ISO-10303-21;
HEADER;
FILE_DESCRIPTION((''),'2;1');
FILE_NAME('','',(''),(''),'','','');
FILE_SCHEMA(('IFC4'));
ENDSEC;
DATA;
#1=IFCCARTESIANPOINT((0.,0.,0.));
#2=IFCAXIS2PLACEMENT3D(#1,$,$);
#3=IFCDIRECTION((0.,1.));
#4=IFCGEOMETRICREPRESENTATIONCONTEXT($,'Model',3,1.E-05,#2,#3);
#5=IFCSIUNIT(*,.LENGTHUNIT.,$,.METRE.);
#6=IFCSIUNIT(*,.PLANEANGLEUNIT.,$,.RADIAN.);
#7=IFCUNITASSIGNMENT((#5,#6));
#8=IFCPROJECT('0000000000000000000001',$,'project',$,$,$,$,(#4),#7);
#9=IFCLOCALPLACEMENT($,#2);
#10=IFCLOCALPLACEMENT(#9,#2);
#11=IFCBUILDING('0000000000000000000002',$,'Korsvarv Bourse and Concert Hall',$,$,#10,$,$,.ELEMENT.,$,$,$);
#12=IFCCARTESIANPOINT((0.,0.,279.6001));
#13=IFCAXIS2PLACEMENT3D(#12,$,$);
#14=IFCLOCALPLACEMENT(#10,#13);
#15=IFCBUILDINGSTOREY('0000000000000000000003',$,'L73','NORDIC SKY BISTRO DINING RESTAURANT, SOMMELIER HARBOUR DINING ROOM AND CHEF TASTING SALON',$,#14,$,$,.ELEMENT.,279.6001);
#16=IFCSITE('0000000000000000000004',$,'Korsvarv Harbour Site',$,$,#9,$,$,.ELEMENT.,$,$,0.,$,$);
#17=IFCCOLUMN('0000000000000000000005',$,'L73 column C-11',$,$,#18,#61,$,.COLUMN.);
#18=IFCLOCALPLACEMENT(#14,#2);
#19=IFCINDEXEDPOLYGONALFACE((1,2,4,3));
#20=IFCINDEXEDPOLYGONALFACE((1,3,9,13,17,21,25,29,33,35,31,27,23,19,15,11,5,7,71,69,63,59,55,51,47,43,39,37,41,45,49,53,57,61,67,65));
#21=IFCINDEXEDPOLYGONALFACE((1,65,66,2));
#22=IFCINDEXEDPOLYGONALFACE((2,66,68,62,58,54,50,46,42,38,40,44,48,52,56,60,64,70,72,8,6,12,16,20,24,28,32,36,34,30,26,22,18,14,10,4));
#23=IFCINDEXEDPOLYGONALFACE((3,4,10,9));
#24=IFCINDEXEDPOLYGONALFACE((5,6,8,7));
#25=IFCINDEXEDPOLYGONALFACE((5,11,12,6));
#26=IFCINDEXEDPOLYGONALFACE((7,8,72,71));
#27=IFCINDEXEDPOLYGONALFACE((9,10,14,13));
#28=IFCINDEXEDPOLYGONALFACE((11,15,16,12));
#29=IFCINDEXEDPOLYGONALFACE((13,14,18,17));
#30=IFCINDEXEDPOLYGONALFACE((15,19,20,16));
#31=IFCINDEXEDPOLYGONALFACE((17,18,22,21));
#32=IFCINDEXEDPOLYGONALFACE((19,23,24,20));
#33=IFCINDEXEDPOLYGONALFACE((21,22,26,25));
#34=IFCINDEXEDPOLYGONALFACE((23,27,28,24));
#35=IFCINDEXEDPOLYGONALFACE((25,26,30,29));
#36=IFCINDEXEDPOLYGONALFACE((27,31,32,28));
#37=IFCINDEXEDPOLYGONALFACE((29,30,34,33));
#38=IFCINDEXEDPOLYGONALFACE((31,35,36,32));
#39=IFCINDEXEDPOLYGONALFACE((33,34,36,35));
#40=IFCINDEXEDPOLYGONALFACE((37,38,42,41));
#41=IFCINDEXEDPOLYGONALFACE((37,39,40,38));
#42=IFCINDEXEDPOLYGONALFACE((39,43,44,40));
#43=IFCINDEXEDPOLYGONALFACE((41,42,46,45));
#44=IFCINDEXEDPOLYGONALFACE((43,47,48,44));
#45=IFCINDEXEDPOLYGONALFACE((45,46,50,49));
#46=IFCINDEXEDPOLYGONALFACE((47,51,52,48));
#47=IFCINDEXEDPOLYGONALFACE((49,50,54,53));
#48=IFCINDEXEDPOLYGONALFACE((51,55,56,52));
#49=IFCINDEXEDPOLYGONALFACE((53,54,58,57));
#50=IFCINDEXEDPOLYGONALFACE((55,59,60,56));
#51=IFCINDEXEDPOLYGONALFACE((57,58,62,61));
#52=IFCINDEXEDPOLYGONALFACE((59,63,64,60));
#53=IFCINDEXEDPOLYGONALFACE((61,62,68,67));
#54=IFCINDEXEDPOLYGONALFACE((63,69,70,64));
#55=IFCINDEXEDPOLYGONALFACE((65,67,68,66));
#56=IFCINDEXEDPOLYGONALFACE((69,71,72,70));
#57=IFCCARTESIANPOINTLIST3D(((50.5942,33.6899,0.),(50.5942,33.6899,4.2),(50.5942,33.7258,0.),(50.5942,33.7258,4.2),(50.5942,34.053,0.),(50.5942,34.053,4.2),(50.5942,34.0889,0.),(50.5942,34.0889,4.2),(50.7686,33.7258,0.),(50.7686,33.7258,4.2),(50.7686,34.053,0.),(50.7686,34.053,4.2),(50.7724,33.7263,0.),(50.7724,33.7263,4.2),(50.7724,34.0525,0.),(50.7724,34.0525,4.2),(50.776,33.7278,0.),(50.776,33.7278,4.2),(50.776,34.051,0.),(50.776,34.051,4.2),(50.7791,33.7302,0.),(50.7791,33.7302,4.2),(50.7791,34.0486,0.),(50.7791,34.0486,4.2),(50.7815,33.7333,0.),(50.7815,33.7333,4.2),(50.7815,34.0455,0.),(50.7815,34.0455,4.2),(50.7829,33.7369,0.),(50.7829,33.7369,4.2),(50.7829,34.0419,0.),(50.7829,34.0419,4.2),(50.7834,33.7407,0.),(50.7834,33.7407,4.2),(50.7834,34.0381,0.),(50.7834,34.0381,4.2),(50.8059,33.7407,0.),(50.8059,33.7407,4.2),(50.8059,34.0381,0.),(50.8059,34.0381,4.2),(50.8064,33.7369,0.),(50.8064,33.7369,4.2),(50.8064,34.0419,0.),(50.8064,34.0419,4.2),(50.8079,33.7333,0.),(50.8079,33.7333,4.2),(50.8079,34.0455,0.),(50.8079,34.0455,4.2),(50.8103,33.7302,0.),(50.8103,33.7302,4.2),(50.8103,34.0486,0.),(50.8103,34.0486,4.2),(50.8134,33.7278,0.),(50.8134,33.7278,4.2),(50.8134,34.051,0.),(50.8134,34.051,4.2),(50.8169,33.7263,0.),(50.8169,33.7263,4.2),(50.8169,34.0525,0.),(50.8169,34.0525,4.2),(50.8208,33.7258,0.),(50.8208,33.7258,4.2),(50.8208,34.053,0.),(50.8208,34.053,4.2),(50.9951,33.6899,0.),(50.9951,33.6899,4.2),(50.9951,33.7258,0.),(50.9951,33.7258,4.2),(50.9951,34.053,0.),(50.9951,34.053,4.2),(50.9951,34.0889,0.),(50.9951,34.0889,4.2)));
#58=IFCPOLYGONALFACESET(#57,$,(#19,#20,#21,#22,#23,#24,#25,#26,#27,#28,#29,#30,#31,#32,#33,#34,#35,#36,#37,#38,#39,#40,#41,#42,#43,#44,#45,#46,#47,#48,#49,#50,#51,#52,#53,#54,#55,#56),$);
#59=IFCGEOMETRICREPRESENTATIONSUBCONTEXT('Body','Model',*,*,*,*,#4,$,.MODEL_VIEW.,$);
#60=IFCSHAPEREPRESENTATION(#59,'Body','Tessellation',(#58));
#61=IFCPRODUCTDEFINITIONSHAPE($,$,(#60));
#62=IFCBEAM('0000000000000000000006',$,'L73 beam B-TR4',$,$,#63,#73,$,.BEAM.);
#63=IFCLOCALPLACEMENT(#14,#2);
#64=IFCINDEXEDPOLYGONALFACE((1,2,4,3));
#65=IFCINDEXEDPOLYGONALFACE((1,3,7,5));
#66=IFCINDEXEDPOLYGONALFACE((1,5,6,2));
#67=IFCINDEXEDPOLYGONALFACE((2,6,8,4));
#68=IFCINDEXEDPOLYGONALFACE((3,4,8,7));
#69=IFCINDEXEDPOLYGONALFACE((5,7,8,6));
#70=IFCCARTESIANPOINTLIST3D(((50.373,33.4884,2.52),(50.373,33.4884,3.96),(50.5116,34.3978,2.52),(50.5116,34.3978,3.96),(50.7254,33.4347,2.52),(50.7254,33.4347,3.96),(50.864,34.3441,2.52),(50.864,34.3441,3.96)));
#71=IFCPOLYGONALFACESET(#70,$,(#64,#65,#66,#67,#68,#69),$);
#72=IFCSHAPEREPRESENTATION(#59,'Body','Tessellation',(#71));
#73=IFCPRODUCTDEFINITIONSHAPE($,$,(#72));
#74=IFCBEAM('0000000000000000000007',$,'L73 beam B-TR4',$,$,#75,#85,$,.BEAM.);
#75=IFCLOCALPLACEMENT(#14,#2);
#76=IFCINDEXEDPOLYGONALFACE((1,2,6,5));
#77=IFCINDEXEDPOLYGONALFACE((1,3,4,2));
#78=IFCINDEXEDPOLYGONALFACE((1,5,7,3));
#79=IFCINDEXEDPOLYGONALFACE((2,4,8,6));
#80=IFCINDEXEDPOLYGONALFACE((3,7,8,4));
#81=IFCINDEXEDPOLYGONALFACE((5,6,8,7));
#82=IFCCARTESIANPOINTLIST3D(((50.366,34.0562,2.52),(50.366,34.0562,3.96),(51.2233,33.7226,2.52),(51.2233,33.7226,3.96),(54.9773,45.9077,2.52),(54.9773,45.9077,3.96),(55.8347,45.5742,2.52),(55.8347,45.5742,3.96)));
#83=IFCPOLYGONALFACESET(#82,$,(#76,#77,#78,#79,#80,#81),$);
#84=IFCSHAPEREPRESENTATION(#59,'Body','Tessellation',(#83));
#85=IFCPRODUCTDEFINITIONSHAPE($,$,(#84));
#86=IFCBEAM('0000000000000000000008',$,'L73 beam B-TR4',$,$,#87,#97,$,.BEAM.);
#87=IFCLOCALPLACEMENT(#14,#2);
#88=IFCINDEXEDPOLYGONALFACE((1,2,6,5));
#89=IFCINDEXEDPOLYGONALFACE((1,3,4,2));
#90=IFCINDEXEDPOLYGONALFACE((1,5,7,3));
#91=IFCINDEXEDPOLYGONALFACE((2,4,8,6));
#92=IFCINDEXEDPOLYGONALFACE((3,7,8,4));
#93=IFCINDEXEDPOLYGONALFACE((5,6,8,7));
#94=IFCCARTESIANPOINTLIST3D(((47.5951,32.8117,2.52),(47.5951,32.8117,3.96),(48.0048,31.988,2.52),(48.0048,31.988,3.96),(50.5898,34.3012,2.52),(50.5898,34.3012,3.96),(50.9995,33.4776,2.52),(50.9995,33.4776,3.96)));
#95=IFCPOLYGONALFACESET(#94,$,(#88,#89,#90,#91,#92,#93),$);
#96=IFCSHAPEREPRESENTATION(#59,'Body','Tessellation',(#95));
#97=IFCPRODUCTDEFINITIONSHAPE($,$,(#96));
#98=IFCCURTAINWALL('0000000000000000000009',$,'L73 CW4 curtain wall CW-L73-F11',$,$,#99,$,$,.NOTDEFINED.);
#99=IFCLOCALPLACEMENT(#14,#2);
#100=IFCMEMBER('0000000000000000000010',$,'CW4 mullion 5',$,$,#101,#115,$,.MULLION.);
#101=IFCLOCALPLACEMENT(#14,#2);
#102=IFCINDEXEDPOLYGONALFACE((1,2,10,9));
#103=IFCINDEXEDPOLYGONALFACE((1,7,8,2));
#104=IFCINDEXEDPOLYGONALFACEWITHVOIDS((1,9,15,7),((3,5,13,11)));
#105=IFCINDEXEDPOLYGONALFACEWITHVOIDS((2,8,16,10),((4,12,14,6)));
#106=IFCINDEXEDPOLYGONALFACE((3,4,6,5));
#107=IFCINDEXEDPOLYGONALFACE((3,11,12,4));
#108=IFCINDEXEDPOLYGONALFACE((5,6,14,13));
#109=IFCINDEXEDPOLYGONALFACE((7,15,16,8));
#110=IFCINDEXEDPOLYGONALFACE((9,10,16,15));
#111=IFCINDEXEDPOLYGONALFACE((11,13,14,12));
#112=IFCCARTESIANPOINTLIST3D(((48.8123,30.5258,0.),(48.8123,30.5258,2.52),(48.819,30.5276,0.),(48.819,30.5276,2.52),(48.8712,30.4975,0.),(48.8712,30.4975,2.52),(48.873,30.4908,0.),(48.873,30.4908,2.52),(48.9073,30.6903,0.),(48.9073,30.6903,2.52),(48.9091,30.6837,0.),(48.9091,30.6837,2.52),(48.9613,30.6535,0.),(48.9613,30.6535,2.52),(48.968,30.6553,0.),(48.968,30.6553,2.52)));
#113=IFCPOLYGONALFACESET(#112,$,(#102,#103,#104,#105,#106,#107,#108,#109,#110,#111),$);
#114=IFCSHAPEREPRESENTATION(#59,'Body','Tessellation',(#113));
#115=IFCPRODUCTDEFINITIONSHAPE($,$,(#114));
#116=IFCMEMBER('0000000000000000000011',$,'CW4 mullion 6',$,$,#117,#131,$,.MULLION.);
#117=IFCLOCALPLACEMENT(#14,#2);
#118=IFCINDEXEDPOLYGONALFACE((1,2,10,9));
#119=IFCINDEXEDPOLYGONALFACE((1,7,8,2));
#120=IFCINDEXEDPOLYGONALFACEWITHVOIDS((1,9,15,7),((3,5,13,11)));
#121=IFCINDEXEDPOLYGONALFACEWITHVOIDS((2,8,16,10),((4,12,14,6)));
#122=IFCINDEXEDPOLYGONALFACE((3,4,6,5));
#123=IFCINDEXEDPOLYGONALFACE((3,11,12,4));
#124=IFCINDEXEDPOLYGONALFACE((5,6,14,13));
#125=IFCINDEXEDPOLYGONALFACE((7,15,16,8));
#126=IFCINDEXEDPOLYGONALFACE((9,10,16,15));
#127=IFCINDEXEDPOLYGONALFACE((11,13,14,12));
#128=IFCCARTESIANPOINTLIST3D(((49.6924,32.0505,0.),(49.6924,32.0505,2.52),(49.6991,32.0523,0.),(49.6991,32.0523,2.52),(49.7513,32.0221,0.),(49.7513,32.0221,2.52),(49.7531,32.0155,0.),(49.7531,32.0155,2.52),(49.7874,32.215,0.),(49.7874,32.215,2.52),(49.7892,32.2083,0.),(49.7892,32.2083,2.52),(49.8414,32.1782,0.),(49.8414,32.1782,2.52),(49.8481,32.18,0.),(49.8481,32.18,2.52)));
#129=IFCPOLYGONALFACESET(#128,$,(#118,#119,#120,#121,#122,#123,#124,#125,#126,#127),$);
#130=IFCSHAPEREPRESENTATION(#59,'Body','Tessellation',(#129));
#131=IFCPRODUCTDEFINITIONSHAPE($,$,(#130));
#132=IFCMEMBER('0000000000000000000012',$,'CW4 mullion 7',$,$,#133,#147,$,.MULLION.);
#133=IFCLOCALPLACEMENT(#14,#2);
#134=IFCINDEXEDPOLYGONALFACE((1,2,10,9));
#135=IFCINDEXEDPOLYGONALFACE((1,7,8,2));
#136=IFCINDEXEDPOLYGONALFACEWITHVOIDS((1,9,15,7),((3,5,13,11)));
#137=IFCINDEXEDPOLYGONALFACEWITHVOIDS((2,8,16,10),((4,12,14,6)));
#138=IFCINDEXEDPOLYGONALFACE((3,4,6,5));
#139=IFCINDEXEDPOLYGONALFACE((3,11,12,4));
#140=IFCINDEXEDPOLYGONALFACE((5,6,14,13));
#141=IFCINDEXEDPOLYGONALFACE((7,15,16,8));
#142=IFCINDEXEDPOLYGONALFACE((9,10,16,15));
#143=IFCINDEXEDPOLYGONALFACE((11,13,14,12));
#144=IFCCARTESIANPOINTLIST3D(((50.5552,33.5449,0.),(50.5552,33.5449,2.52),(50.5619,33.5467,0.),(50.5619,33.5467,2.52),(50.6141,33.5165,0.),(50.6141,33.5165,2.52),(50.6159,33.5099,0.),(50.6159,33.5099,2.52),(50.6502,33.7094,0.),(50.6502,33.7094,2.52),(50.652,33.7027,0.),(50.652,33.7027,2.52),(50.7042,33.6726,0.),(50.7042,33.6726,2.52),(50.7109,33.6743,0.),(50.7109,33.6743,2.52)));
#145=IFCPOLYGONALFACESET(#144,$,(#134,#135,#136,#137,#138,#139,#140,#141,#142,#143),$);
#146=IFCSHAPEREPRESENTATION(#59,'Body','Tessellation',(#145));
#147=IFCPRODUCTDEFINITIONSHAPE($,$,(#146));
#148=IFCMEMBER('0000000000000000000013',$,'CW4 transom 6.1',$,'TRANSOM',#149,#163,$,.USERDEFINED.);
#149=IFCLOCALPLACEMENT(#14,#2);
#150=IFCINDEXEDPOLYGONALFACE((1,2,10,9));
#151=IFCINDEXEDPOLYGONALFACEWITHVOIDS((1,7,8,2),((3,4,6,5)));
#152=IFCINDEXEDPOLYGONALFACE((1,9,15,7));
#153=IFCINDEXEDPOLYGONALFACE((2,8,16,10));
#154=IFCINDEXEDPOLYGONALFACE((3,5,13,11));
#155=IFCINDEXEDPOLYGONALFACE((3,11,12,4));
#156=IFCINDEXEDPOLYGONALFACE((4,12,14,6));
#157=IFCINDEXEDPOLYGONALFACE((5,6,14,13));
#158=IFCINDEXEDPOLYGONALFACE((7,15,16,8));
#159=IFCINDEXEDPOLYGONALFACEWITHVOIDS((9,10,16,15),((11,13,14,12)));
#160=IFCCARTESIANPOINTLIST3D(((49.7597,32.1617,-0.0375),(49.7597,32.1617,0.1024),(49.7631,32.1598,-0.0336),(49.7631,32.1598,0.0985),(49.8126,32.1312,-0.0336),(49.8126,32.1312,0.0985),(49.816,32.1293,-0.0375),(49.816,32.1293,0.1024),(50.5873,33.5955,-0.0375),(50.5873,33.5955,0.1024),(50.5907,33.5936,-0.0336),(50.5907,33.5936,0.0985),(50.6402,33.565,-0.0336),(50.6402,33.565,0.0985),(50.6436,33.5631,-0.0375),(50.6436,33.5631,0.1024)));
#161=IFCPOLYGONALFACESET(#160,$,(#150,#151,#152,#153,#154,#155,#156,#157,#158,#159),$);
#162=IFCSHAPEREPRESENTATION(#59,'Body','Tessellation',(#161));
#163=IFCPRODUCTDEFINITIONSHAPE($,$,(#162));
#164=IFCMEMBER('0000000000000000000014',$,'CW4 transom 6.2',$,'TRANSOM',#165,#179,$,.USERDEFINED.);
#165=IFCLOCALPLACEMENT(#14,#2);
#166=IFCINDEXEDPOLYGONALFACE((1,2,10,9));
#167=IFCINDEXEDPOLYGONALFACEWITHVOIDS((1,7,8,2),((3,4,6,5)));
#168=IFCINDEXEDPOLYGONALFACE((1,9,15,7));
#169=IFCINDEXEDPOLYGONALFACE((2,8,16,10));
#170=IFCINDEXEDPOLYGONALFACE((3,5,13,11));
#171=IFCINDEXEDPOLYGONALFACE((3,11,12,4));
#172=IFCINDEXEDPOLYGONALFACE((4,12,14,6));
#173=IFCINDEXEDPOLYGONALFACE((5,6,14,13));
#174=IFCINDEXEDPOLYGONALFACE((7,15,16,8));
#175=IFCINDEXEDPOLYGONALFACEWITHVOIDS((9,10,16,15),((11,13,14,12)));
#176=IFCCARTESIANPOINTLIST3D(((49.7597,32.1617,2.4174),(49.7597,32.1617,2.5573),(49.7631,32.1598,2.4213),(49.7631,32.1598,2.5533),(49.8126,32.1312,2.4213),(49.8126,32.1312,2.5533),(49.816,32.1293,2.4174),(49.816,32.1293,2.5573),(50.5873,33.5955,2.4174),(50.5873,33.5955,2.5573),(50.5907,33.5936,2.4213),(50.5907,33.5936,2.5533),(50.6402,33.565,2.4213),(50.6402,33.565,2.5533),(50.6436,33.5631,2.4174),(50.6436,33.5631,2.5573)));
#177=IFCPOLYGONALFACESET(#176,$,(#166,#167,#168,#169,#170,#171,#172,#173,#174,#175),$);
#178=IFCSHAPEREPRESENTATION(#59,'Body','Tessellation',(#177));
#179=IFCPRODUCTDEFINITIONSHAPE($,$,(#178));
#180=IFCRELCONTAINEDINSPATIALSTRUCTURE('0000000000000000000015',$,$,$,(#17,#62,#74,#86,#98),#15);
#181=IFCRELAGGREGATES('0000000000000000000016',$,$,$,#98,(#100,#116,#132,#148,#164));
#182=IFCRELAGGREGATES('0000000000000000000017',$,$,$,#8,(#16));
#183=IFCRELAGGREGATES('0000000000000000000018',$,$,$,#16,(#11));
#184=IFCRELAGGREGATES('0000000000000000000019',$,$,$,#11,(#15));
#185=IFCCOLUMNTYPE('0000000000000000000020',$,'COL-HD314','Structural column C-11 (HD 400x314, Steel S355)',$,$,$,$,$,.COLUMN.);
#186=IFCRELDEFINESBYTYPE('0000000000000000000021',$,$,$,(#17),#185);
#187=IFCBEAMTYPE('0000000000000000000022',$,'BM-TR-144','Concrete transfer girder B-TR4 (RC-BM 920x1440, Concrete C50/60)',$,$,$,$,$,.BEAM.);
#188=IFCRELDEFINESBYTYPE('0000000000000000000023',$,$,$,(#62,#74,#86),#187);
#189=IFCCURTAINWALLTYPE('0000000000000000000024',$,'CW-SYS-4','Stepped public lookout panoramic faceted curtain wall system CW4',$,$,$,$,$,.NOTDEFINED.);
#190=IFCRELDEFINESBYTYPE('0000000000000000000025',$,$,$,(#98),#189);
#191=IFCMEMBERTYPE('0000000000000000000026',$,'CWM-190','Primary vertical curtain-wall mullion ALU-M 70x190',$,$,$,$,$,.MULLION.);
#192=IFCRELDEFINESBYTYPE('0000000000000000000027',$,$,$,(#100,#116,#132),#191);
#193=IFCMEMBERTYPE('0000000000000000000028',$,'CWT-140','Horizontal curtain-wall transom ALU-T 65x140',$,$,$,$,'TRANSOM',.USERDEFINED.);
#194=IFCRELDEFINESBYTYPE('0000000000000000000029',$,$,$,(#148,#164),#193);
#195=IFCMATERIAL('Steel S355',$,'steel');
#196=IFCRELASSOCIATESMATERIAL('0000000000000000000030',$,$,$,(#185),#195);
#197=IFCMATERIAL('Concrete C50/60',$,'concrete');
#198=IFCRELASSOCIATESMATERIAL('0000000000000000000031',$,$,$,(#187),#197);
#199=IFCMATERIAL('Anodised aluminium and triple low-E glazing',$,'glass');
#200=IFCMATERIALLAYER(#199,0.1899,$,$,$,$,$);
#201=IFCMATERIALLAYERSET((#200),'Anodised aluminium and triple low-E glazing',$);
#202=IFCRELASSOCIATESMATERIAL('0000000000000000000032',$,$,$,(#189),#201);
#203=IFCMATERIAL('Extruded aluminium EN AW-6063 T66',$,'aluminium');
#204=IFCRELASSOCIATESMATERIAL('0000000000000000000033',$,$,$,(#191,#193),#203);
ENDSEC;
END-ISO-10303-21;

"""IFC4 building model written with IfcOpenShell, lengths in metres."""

from ifc_helpers import new_model, si_unit, direction, frame, origin, origin_2d, place, context, subcontext, project, spatial, rectangle, hollow_rectangle, i_section, extrude, source, transform, mapped, material, layer, layer_set, material_profile, profile_set, type_object, element, aggregate, save


model = new_model("IFC4")

# Units and contexts
model_context = context("Model", 3, precision=1e-05, world=origin(), true_north=direction((0.0, 1.0)))
body_context = subcontext(model_context, "Body", "Model", "MODEL_VIEW")
ifc_project = project(units=[si_unit("LENGTHUNIT", "METRE"), si_unit("PLANEANGLEUNIT", "RADIAN")], contexts=[model_context])

# Site, building, storey
site_placement = place(None, origin())
site = spatial("IfcSite", under=ifc_project, at=site_placement, Name="Korsvarv Harbour Site", CompositionType="ELEMENT", RefElevation=0.0)
building_placement = place(site_placement, origin())
building = spatial("IfcBuilding", under=site, at=building_placement, Name="Korsvarv Bourse and Concert Hall", CompositionType="ELEMENT")
storey_placement = place(building_placement, frame((0.0, 0.0, 279.6001)))
storey = spatial("IfcBuildingStorey", under=building, at=storey_placement, Name="L73", Description="NORDIC SKY BISTRO DINING RESTAURANT, SOMMELIER HARBOUR DINING ROOM AND CHEF TASTING SALON", CompositionType="ELEMENT", Elevation=279.6001)

# Column
ifc_material_1 = material(Name="Steel S355", Category="steel")
ifc_material_profile_1 = material_profile(ifc_material_1, i_section(OverallWidth=0.4009, OverallDepth=0.3989, WebThickness=0.0225, FlangeThickness=0.0359, FilletRadius=0.0149, at=origin_2d()), Name="HD 400x314")
ifc_profile_set_1 = profile_set([ifc_material_profile_1], Name="Steel S355")
column_type = type_object("IfcColumnType", Name="COL-HD314", Description="Structural column C-11 (HD 400x314, Steel S355)", PredefinedType="COLUMN", material=ifc_profile_set_1)
shared_shape_1 = source(origin(), body_context, "Body", "SweptSolid", [
    extrude(i_section(OverallWidth=0.4009, OverallDepth=0.3989, WebThickness=0.0225, FlangeThickness=0.0359, FilletRadius=0.0149, at=origin_2d()), origin(), (0.0, 0.0, 1.0), 4.2),
])
column_placement = place(storey_placement, frame((50.7947, 33.8894, 0.0), z_axis=(0.0, 0.0, 1.0), x_axis=(1.0, 0.0, 0.0)))
element("IfcColumn", 1, at=column_placement, inside=storey, type_object=column_type, Name="L73 column C-11", PredefinedType="COLUMN", context=body_context, shape_type="MappedRepresentation", body=[
    mapped(shared_shape_1, transform((0.0, 0.0, 0.0), scale=1.0)),
])

# Beams
ifc_material_2 = material(Name="Concrete C50/60", Category="concrete")
ifc_material_profile_2 = material_profile(ifc_material_2, rectangle(XDim=0.9199, YDim=1.4399, at=origin_2d()), Name="RC-BM 920x1440")
ifc_profile_set_2 = profile_set([ifc_material_profile_2], Name="Concrete C50/60")
beam_type = type_object("IfcBeamType", Name="BM-TR-144", Description="Concrete transfer girder B-TR4 (RC-BM 920x1440, Concrete C50/60)", PredefinedType="BEAM", material=ifc_profile_set_2)
shared_shape_2 = source(origin(), body_context, "Body", "SweptSolid", [
    extrude(rectangle(XDim=0.9199, YDim=1.4399, at=origin_2d()), origin(), (0.0, 0.0, 1.0), 0.3564),
])
beam_1_placement = place(storey_placement, frame((50.7947, 33.8894, 3.24), z_axis=(-0.988577, 0.150719, 0.0), x_axis=(-0.150719, -0.988577, 0.0)))
element("IfcBeam", 2, at=beam_1_placement, inside=storey, type_object=beam_type, Name="L73 beam B-TR4", PredefinedType="BEAM", context=body_context, shape_type="MappedRepresentation", body=[
    mapped(shared_shape_2, transform((0.0, 0.0, 0.0), scale=1.0)),
])
shared_shape_3 = source(origin(), body_context, "Body", "SweptSolid", [
    extrude(rectangle(XDim=0.9199, YDim=1.4399, at=origin_2d()), origin(), (0.0, 0.0, 1.0), 12.717),
])
beam_2_placement = place(storey_placement, frame((50.7947, 33.8894, 3.24), z_axis=(0.362609, 0.931941, 0.0), x_axis=(-0.931941, 0.362609, 0.0)))
element("IfcBeam", 3, at=beam_2_placement, inside=storey, type_object=beam_type, Name="L73 beam B-TR4", PredefinedType="BEAM", context=body_context, shape_type="MappedRepresentation", body=[
    mapped(shared_shape_3, transform((0.0, 0.0, 0.0), scale=1.0)),
])
shared_shape_4 = source(origin(), body_context, "Body", "SweptSolid", [
    extrude(rectangle(XDim=0.9199, YDim=1.4399, at=origin_2d()), origin(), (0.0, 0.0, 1.0), 3.3447),
])
beam_3_placement = place(storey_placement, frame((50.7947, 33.8894, 3.24), z_axis=(-0.89536, -0.445344, 0.0), x_axis=(0.445344, -0.89536, 0.0)))
element("IfcBeam", 4, at=beam_3_placement, inside=storey, type_object=beam_type, Name="L73 beam B-TR4", PredefinedType="BEAM", context=body_context, shape_type="MappedRepresentation", body=[
    mapped(shared_shape_4, transform((0.0, 0.0, 0.0), scale=1.0)),
])

# Curtain wall, members
ifc_material_3 = material(Name="Anodised aluminium and triple low-E glazing", Category="glass")
ifc_layer_1 = layer(ifc_material_3, 0.1899)
ifc_layer_set_1 = layer_set([ifc_layer_1], Name="Anodised aluminium and triple low-E glazing")
curtain_wall_type = type_object("IfcCurtainWallType", Name="CW-SYS-4", Description="Stepped public lookout panoramic faceted curtain wall system CW4", PredefinedType="NOTDEFINED", material=ifc_layer_set_1)
curtain_wall_placement = place(storey_placement, origin())
curtain_wall = element("IfcCurtainWall", 5, at=curtain_wall_placement, inside=storey, type_object=curtain_wall_type, Name="L73 CW4 curtain wall CW-L73-F11", PredefinedType="NOTDEFINED")
ifc_material_4 = material(Name="Extruded aluminium EN AW-6063 T66", Category="aluminium")
ifc_material_profile_3 = material_profile(ifc_material_4, hollow_rectangle(XDim=0.0701, YDim=0.1899, WallThickness=0.0049, at=origin_2d()), Name="ALU-M 70x190")
ifc_profile_set_3 = profile_set([ifc_material_profile_3], Name="Extruded aluminium EN AW-6063 T66")
member_type_1 = type_object("IfcMemberType", Name="CWM-190", Description="Primary vertical curtain-wall mullion ALU-M 70x190", PredefinedType="MULLION", material=ifc_profile_set_3)
shared_shape_5 = source(origin(), body_context, "Body", "SweptSolid", [
    extrude(hollow_rectangle(XDim=0.0701, YDim=0.1899, WallThickness=0.0049, at=origin_2d()), origin(), (0.0, 0.0, 1.0), 2.52),
])
member_1_placement = place(storey_placement, frame((48.8901, 30.5906, 0.0), z_axis=(0.0, 0.0, 1.0), x_axis=(-0.866027, 0.499998, 0.0)))
member_1 = element("IfcMember", 6, at=member_1_placement, type_object=member_type_1, Name="CW4 mullion 5", PredefinedType="MULLION", context=body_context, shape_type="MappedRepresentation", body=[
    mapped(shared_shape_5, transform((0.0, 0.0, 0.0), scale=1.0)),
])
member_2_placement = place(storey_placement, frame((49.7703, 32.1152, 0.0), z_axis=(0.0, 0.0, 1.0), x_axis=(-0.866027, 0.499998, 0.0)))
member_2 = element("IfcMember", 7, at=member_2_placement, type_object=member_type_1, Name="CW4 mullion 6", PredefinedType="MULLION", context=body_context, shape_type="MappedRepresentation", body=[
    mapped(shared_shape_5, transform((0.0, 0.0, 0.0), scale=1.0)),
])
member_3_placement = place(storey_placement, frame((50.6331, 33.6096, 0.0), z_axis=(0.0, 0.0, 1.0), x_axis=(-0.866027, 0.499998, 0.0)))
member_3 = element("IfcMember", 8, at=member_3_placement, type_object=member_type_1, Name="CW4 mullion 7", PredefinedType="MULLION", context=body_context, shape_type="MappedRepresentation", body=[
    mapped(shared_shape_5, transform((0.0, 0.0, 0.0), scale=1.0)),
])
ifc_material_profile_4 = material_profile(ifc_material_4, hollow_rectangle(XDim=0.0649, YDim=0.1399, WallThickness=0.0039, at=origin_2d()), Name="ALU-T 65x140")
ifc_profile_set_4 = profile_set([ifc_material_profile_4], Name="Extruded aluminium EN AW-6063 T66")
member_type_2 = type_object("IfcMemberType", Name="CWT-140", Description="Horizontal curtain-wall transom ALU-T 65x140", ElementType="TRANSOM", PredefinedType="USERDEFINED", material=ifc_profile_set_4)
shared_shape_6 = source(origin(), body_context, "Body", "SweptSolid", [
    extrude(hollow_rectangle(XDim=0.0649, YDim=0.1399, WallThickness=0.0039, at=origin_2d()), origin(), (0.0, 0.0, 1.0), 1.6555),
])
member_4_placement = place(storey_placement, frame((49.7878, 32.1455, 0.0325), z_axis=(0.499914, 0.866075, 0.0), x_axis=(-0.866075, 0.499914, 0.0)))
member_4 = element("IfcMember", 9, at=member_4_placement, type_object=member_type_2, Name="CW4 transom 6.1", ObjectType="TRANSOM", PredefinedType="USERDEFINED", context=body_context, shape_type="MappedRepresentation", body=[
    mapped(shared_shape_6, transform((0.0, 0.0, 0.0), scale=1.0)),
])
member_5_placement = place(storey_placement, frame((49.7878, 32.1455, 2.4873), z_axis=(0.499914, 0.866075, 0.0), x_axis=(-0.866075, 0.499914, 0.0)))
member_5 = element("IfcMember", 10, at=member_5_placement, type_object=member_type_2, Name="CW4 transom 6.2", ObjectType="TRANSOM", PredefinedType="USERDEFINED", context=body_context, shape_type="MappedRepresentation", body=[
    mapped(shared_shape_6, transform((0.0, 0.0, 0.0), scale=1.0)),
])
aggregate(curtain_wall, [member_1, member_2, member_3, member_4, member_5])

save(model, "model.ifc")
